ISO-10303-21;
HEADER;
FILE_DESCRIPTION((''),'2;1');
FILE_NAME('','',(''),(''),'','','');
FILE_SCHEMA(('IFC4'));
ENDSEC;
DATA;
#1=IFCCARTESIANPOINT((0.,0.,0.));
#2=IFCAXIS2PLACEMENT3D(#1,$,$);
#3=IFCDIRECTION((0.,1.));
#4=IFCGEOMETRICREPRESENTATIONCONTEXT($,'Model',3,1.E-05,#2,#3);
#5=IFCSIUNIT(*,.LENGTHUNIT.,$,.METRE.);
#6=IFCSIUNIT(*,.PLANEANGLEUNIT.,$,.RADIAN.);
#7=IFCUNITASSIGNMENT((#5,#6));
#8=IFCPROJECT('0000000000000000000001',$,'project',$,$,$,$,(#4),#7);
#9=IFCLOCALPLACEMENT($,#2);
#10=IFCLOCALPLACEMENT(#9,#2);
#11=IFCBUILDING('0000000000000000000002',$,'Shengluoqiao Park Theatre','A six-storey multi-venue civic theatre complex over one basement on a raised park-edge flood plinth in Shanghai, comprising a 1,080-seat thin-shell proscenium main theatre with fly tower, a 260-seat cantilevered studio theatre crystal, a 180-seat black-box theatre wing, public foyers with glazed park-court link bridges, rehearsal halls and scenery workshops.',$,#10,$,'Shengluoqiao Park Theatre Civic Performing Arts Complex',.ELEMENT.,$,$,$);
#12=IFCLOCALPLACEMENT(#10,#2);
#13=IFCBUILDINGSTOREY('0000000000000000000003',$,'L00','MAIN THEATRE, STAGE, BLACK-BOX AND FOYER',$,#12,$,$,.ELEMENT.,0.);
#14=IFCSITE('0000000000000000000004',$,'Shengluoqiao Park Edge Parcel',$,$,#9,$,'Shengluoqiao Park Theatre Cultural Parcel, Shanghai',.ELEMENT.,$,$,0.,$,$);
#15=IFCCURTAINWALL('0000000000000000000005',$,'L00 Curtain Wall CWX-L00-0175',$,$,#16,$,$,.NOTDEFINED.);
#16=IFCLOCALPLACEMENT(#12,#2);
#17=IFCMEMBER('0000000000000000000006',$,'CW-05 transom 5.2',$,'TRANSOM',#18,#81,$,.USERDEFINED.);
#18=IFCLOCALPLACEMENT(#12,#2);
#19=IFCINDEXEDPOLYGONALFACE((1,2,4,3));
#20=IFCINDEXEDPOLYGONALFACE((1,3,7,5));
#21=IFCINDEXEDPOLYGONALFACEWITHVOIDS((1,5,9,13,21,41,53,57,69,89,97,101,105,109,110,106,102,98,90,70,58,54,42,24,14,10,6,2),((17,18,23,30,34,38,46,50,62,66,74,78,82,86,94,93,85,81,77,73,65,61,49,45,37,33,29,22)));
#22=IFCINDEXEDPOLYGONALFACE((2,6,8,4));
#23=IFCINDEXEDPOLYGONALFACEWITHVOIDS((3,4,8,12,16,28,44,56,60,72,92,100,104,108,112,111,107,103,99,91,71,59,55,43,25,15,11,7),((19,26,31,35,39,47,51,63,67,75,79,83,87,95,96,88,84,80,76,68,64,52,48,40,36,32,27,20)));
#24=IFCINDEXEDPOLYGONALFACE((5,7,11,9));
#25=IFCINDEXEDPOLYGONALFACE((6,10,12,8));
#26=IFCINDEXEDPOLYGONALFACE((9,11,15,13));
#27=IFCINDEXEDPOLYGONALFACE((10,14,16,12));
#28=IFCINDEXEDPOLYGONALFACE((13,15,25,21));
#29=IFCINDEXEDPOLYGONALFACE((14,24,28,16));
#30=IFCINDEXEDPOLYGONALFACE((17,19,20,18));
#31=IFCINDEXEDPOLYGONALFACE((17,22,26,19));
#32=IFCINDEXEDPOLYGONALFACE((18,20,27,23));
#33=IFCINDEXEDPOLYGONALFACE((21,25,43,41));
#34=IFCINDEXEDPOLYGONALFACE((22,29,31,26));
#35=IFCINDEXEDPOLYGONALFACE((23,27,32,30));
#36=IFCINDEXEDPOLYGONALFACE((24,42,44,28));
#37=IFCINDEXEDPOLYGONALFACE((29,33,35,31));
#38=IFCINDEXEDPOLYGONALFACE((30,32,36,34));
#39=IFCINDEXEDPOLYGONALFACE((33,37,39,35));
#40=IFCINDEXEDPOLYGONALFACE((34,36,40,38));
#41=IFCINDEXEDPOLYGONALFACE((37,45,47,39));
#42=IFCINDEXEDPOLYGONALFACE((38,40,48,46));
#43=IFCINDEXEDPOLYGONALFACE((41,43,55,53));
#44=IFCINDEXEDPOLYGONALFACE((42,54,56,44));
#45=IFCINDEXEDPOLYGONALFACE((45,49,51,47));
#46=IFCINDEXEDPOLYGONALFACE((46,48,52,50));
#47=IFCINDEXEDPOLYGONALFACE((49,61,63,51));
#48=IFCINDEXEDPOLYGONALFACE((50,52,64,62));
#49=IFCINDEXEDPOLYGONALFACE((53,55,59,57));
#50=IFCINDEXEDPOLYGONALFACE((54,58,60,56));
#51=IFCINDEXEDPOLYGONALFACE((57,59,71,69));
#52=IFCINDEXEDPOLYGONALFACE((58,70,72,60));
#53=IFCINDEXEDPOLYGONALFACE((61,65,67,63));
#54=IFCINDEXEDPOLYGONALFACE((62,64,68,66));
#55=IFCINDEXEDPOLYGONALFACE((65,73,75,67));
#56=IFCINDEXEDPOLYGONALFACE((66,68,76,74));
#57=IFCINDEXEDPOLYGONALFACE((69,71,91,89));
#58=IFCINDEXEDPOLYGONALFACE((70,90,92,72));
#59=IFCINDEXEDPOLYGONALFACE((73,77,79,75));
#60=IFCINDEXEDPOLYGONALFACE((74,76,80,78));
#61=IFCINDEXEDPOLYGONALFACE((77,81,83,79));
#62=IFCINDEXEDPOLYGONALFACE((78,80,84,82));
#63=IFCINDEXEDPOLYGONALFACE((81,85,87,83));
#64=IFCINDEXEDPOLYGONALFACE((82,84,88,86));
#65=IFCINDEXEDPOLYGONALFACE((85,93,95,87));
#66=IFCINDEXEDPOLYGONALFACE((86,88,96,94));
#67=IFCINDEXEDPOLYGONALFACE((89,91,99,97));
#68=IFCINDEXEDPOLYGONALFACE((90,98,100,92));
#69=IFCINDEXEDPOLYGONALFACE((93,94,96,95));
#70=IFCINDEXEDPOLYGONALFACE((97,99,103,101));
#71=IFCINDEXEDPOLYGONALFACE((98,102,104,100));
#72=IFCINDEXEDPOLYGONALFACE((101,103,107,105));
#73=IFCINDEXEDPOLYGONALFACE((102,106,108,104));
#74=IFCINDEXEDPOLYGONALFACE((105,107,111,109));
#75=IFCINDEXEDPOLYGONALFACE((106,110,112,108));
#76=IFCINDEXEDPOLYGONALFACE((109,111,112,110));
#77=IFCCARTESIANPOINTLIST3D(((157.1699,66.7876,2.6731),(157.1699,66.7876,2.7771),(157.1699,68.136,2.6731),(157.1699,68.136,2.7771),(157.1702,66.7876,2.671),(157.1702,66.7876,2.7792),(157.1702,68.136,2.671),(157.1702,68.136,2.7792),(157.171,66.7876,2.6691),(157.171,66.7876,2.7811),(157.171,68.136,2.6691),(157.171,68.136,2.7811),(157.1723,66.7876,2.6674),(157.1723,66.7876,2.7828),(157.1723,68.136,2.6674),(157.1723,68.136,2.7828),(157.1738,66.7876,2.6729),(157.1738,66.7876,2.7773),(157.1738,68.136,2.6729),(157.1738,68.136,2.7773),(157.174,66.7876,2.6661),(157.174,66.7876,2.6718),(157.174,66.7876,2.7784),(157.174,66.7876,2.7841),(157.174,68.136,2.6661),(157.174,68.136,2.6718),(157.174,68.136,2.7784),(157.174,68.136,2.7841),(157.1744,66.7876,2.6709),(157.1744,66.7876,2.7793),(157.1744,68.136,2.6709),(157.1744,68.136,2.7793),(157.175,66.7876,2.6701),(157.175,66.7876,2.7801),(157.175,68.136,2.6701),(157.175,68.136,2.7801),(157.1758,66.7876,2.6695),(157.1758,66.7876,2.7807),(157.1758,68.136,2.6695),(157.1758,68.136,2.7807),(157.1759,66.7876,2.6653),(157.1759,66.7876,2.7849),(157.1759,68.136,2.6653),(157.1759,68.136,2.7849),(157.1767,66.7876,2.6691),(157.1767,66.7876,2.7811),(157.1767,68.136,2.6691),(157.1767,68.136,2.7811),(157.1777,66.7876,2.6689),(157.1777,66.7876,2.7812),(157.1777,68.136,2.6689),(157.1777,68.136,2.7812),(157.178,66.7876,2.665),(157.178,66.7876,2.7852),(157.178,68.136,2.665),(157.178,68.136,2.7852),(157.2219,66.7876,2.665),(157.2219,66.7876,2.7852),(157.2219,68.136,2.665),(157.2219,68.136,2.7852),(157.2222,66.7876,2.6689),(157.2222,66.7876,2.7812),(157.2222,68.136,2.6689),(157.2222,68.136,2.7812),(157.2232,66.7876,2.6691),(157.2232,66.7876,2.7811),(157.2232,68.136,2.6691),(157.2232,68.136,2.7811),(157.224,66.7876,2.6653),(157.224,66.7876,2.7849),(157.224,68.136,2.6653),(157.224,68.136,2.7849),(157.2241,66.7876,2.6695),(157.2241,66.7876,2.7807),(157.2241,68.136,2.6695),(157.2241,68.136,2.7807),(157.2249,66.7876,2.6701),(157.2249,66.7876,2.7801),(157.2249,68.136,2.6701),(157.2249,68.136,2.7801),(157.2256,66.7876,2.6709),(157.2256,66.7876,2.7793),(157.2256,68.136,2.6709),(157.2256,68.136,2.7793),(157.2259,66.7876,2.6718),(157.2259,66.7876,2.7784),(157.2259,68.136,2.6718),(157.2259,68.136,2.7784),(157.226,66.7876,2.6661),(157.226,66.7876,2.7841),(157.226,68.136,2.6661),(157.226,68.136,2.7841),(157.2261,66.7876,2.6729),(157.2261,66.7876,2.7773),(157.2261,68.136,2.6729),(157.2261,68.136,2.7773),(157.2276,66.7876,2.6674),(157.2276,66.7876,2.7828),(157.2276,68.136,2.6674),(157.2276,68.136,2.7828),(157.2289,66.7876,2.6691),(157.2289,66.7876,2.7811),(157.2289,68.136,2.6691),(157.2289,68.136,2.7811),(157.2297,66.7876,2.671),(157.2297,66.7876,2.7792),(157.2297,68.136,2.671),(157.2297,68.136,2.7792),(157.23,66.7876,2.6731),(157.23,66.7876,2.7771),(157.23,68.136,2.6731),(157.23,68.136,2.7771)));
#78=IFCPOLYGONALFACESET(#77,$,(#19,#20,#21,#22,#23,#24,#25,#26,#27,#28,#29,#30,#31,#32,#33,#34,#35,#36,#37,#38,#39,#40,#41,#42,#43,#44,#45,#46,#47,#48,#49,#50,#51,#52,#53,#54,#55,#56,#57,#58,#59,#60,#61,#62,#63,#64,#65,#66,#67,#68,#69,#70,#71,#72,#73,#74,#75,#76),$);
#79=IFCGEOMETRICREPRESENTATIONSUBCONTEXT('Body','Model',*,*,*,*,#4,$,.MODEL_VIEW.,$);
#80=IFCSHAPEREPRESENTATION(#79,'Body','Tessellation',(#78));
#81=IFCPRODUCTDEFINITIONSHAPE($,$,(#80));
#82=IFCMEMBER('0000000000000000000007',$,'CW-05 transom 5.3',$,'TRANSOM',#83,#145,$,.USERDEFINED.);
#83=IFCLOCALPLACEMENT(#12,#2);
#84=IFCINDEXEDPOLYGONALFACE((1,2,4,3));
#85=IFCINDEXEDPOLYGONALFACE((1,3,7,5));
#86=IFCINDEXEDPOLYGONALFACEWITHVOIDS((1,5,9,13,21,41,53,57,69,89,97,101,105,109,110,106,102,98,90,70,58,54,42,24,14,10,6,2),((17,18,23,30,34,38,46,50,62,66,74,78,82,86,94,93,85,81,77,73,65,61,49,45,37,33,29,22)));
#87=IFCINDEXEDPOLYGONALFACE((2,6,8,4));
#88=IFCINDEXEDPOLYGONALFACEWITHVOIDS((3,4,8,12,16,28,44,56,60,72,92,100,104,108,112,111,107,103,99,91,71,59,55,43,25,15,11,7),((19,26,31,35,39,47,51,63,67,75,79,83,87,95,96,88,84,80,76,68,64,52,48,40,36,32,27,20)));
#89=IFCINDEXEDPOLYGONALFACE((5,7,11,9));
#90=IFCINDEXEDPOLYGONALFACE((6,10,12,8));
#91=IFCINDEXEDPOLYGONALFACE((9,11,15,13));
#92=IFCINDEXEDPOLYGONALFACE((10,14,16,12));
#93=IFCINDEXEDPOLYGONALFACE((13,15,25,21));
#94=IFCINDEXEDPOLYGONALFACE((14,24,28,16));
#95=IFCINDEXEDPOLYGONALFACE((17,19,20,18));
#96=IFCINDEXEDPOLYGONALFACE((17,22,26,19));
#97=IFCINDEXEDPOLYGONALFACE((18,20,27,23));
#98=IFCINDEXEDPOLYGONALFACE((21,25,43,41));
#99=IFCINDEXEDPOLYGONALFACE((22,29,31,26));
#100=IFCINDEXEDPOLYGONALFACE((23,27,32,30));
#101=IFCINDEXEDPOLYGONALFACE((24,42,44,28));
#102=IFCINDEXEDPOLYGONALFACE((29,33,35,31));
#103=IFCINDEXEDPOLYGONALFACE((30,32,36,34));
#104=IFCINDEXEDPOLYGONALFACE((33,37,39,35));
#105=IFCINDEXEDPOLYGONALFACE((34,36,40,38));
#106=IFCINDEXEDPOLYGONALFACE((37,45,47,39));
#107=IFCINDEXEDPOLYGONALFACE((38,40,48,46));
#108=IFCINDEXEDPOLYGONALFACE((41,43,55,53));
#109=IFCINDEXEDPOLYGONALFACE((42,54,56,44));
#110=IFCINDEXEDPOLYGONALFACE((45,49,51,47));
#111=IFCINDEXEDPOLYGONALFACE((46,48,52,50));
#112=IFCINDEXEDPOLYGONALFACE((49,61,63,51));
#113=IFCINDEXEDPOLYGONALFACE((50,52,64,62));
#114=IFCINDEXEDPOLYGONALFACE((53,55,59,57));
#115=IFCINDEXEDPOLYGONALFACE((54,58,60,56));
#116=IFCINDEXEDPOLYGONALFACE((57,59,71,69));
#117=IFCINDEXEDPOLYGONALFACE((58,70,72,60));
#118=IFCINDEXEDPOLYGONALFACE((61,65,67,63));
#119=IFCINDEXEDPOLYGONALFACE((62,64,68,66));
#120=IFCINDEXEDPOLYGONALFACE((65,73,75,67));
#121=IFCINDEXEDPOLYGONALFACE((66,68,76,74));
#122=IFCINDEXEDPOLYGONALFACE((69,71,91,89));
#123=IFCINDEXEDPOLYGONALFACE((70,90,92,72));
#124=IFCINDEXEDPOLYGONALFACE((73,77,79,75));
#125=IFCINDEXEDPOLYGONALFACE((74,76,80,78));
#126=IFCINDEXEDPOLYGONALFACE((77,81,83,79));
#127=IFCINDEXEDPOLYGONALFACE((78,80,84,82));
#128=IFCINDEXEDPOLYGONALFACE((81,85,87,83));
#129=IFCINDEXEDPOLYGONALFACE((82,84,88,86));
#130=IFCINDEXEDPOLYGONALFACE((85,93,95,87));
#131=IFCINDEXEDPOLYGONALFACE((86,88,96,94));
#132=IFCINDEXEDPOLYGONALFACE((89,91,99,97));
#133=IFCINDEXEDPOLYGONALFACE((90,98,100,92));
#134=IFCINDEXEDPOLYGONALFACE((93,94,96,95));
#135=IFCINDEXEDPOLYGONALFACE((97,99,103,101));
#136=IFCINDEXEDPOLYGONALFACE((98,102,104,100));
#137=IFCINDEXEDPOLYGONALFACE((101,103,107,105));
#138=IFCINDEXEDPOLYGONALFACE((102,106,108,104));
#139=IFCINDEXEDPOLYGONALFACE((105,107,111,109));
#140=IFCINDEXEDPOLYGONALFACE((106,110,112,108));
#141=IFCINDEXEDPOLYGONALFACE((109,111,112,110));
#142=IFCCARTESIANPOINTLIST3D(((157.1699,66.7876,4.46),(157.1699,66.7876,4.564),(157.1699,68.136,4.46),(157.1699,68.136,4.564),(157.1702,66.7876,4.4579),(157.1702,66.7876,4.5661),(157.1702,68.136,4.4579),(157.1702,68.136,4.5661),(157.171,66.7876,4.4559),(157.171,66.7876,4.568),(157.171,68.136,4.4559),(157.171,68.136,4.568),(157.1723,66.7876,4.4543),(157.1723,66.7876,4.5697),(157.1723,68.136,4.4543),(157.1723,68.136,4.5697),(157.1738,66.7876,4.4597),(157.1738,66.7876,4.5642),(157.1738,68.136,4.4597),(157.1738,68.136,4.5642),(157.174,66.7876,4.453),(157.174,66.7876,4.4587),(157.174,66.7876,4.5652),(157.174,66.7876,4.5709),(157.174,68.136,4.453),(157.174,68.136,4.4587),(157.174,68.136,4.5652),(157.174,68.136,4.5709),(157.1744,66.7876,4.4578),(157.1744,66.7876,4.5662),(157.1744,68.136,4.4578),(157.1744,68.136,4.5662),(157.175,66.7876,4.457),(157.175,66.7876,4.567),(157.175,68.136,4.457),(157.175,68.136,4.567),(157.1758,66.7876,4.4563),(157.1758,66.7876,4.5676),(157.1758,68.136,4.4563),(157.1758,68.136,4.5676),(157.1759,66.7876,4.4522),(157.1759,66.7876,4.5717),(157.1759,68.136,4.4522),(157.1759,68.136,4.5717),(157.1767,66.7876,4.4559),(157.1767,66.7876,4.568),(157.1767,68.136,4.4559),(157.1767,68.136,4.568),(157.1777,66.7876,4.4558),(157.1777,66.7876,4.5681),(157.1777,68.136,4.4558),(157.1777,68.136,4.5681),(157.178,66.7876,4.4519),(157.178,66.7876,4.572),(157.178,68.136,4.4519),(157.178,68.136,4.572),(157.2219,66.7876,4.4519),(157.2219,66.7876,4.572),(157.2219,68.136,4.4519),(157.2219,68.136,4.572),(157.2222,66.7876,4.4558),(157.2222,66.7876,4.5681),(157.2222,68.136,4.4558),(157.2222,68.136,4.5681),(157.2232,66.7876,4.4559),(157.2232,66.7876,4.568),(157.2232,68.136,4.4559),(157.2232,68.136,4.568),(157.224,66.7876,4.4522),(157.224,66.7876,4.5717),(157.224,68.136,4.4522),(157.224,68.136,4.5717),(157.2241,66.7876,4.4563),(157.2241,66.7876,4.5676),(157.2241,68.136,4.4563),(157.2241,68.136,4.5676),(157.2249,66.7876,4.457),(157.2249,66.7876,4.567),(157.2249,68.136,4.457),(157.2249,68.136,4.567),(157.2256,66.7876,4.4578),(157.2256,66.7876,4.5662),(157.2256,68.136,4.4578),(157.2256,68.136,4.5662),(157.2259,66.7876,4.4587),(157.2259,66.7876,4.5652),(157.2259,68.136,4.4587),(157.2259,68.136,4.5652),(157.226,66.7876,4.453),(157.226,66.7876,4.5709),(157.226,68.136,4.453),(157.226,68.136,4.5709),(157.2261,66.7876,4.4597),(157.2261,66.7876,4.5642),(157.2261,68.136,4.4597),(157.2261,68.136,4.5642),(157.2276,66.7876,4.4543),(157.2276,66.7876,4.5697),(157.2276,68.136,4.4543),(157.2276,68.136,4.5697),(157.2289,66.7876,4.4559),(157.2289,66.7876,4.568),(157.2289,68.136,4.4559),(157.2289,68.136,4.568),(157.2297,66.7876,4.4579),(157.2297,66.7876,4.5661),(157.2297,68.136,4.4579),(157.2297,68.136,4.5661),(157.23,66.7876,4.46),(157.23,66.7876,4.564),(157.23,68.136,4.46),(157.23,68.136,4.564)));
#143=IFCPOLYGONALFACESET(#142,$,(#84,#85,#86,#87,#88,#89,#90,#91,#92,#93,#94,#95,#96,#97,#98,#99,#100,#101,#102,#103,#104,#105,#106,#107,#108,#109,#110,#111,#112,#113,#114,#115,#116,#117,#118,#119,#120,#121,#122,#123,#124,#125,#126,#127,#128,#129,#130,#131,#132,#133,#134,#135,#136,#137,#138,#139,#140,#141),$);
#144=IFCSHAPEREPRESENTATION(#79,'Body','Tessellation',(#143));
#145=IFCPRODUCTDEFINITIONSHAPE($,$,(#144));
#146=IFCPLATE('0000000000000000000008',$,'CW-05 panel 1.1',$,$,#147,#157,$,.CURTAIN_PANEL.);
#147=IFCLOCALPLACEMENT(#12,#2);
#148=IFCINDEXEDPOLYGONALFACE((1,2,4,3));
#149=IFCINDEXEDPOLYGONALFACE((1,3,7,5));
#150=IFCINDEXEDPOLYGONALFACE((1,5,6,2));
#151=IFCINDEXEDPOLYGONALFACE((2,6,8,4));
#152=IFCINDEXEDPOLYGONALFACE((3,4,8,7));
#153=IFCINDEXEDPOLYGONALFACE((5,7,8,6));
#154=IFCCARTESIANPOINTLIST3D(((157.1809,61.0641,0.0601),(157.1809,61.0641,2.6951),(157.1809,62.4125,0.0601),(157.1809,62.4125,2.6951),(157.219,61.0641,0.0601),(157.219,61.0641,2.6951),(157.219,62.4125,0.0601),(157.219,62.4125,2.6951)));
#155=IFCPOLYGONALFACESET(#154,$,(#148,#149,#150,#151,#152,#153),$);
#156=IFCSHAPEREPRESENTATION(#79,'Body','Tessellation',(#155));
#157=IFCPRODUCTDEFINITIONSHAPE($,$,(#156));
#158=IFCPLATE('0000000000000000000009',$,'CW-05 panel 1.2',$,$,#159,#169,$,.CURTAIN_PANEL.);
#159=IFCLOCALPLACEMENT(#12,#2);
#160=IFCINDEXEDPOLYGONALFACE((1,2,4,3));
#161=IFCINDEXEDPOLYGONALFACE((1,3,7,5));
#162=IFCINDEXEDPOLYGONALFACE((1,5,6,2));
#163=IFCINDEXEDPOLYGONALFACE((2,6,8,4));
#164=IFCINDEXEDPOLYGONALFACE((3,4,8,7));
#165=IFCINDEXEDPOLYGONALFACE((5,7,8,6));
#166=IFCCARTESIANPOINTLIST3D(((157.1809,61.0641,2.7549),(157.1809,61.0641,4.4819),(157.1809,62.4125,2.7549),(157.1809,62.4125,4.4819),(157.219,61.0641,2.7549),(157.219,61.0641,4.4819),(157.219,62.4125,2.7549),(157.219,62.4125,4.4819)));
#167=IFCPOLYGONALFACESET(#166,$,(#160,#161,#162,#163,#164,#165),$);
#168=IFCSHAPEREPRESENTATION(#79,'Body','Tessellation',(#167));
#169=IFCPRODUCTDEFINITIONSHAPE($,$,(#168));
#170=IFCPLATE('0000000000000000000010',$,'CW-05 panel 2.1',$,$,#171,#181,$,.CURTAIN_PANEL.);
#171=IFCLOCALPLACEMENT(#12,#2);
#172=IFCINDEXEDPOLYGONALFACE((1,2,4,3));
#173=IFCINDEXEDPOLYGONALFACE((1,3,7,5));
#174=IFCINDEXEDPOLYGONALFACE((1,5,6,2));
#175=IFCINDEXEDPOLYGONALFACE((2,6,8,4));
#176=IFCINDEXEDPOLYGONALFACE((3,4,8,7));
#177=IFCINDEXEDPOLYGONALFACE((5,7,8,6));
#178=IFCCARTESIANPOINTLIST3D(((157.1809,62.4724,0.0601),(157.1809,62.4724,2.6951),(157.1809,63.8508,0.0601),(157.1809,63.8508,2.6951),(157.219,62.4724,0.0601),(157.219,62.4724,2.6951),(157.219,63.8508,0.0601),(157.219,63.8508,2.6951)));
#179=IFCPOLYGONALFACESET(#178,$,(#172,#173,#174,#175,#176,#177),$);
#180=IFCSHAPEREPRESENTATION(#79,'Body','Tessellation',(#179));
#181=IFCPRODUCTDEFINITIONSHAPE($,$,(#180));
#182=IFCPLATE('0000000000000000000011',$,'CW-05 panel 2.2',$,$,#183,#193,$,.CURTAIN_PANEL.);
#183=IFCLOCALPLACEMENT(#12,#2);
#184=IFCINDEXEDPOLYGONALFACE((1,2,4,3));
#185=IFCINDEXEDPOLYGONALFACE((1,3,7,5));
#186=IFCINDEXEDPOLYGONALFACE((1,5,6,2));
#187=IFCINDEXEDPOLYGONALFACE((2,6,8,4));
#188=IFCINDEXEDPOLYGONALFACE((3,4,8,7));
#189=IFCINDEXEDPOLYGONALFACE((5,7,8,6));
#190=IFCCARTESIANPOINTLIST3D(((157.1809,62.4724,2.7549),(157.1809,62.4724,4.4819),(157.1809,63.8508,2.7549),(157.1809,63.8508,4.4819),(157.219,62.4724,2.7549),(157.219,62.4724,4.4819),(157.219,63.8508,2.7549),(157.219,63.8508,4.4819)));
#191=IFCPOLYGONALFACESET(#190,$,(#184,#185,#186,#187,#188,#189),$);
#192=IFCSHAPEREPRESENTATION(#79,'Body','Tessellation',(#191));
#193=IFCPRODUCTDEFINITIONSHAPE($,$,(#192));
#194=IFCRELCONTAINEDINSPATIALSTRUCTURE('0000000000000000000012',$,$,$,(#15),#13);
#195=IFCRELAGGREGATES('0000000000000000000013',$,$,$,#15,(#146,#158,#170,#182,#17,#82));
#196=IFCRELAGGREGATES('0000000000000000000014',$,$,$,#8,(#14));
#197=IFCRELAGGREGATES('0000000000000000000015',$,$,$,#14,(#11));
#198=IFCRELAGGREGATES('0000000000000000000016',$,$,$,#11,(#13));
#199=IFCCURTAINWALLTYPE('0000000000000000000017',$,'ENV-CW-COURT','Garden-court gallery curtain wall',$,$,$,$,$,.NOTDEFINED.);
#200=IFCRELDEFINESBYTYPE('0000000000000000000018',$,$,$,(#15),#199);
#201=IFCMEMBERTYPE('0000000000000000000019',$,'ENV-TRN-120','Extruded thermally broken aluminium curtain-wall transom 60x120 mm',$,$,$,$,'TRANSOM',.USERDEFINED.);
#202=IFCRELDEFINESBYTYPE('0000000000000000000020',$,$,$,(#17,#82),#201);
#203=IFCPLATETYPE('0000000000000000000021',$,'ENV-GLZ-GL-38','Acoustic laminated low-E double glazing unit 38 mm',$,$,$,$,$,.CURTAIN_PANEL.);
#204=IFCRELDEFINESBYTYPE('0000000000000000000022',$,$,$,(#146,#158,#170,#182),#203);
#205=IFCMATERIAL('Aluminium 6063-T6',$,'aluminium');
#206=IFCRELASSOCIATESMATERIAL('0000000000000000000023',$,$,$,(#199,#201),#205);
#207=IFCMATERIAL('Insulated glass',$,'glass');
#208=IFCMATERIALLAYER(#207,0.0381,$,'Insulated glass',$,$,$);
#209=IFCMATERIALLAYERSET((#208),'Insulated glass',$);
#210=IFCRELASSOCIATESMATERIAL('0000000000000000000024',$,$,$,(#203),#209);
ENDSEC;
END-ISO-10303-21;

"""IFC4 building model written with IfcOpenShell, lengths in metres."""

from ifc_helpers import new_model, si_unit, direction, frame, origin, origin_2d, place, context, subcontext, project, spatial, rectangle, hollow_rectangle, extrude, material, layer, layer_set, material_profile, profile_set, type_object, element, aggregate, save


model = new_model("IFC4")

# Units and contexts
model_context = context("Model", 3, precision=1e-05, world=origin(), true_north=direction((0.0, 1.0)))
body_context = subcontext(model_context, "Body", "Model", "MODEL_VIEW")
ifc_project = project(units=[si_unit("LENGTHUNIT", "METRE"), si_unit("PLANEANGLEUNIT", "RADIAN")], contexts=[model_context])

# Site, building, storey
site_placement = place(None, origin())
site = spatial("IfcSite", under=ifc_project, at=site_placement, Name="Shengluoqiao Park Edge Parcel", LongName="Shengluoqiao Park Theatre Cultural Parcel, Shanghai", CompositionType="ELEMENT", RefElevation=0.0)
building_placement = place(site_placement, origin())
building = spatial("IfcBuilding", under=site, at=building_placement, Name="Shengluoqiao Park Theatre", Description="A six-storey multi-venue civic theatre complex over one basement on a raised park-edge flood plinth in Shanghai, comprising a 1,080-seat thin-shell proscenium main theatre with fly tower, a 260-seat cantilevered studio theatre crystal, a 180-seat black-box theatre wing, public foyers with glazed park-court link bridges, rehearsal halls and scenery workshops.", LongName="Shengluoqiao Park Theatre Civic Performing Arts Complex", CompositionType="ELEMENT")
storey_placement = place(building_placement, origin())
storey = spatial("IfcBuildingStorey", under=building, at=storey_placement, Name="L00", Description="MAIN THEATRE, STAGE, BLACK-BOX AND FOYER", CompositionType="ELEMENT", Elevation=0.0)

# Curtain wall, members, plates
ifc_material_1 = material(Name="Aluminium 6063-T6", Category="aluminium")
curtain_wall_type = type_object("IfcCurtainWallType", Name="ENV-CW-COURT", Description="Garden-court gallery curtain wall", PredefinedType="NOTDEFINED", material=ifc_material_1)
curtain_wall_placement = place(storey_placement, origin())
curtain_wall = element("IfcCurtainWall", 1, at=curtain_wall_placement, inside=storey, type_object=curtain_wall_type, Name="L00 Curtain Wall CWX-L00-0175", PredefinedType="NOTDEFINED")
ifc_material_profile_1 = material_profile(ifc_material_1, hollow_rectangle(XDim=0.0601, YDim=0.1201, WallThickness=0.0039, InnerFilletRadius=0.0039, OuterFilletRadius=0.0081, at=origin_2d()), Name="ALU TRANSOM 120x60x4")
ifc_profile_set_1 = profile_set([ifc_material_profile_1], Name="Aluminium 6063-T6")
member_type_1 = type_object("IfcMemberType", Name="ENV-TRN-120", Description="Extruded thermally broken aluminium curtain-wall transom 60x120 mm", ElementType="TRANSOM", PredefinedType="USERDEFINED", material=ifc_profile_set_1)
member_1_placement = place(storey_placement, frame((157.2, 66.7876, 2.7251), z_axis=(0.0, 1.0, 0.0), x_axis=(-1.0, 0.0, 0.0)))
member_1 = element("IfcMember", 2, at=member_1_placement, type_object=member_type_1, Name="CW-05 transom 5.2", ObjectType="TRANSOM", PredefinedType="USERDEFINED", context=body_context, shape_type="SweptSolid", body=[
    extrude(hollow_rectangle(XDim=0.0601, YDim=0.1201, WallThickness=0.0039, InnerFilletRadius=0.0039, OuterFilletRadius=0.0081, at=origin_2d()), origin(), (0.0, 0.0, 1.0), 1.3484),
])
member_2_placement = place(storey_placement, frame((157.2, 66.7876, 4.512), z_axis=(0.0, 1.0, 0.0), x_axis=(-1.0, 0.0, 0.0)))
member_2 = element("IfcMember", 3, at=member_2_placement, type_object=member_type_1, Name="CW-05 transom 5.3", ObjectType="TRANSOM", PredefinedType="USERDEFINED", context=body_context, shape_type="SweptSolid", body=[
    extrude(hollow_rectangle(XDim=0.0601, YDim=0.1201, WallThickness=0.0039, InnerFilletRadius=0.0039, OuterFilletRadius=0.0081, at=origin_2d()), origin(), (0.0, 0.0, 1.0), 1.3484),
])
ifc_material_2 = material(Name="Insulated glass", Category="glass")
ifc_layer_1 = layer(ifc_material_2, 0.0381, Name="Insulated glass")
ifc_layer_set_1 = layer_set([ifc_layer_1], Name="Insulated glass")
plate_type = type_object("IfcPlateType", Name="ENV-GLZ-GL-38", Description="Acoustic laminated low-E double glazing unit 38 mm", PredefinedType="CURTAIN_PANEL", material=ifc_layer_set_1)
plate_1_placement = place(storey_placement, frame((157.2, 61.7383, 0.0601), z_axis=(0.0, 0.0, 1.0), x_axis=(0.0, 1.0, 0.0)))
plate_1 = element("IfcPlate", 4, at=plate_1_placement, type_object=plate_type, Name="CW-05 panel 1.1", PredefinedType="CURTAIN_PANEL", context=body_context, shape_type="SweptSolid", body=[
    extrude(rectangle(XDim=1.3484, YDim=0.0381, at=origin_2d()), origin(), (0.0, 0.0, 1.0), 2.635),
])
plate_2_placement = place(storey_placement, frame((157.2, 61.7383, 2.7549), z_axis=(0.0, 0.0, 1.0), x_axis=(0.0, 1.0, 0.0)))
plate_2 = element("IfcPlate", 5, at=plate_2_placement, type_object=plate_type, Name="CW-05 panel 1.2", PredefinedType="CURTAIN_PANEL", context=body_context, shape_type="SweptSolid", body=[
    extrude(rectangle(XDim=1.3484, YDim=0.0381, at=origin_2d()), origin(), (0.0, 0.0, 1.0), 1.7271),
])
plate_3_placement = place(storey_placement, frame((157.2, 63.1616, 0.0601), z_axis=(0.0, 0.0, 1.0), x_axis=(0.0, 1.0, 0.0)))
plate_3 = element("IfcPlate", 6, at=plate_3_placement, type_object=plate_type, Name="CW-05 panel 2.1", PredefinedType="CURTAIN_PANEL", context=body_context, shape_type="SweptSolid", body=[
    extrude(rectangle(XDim=1.3784, YDim=0.0381, at=origin_2d()), origin(), (0.0, 0.0, 1.0), 2.635),
])
plate_4_placement = place(storey_placement, frame((157.2, 63.1616, 2.7549), z_axis=(0.0, 0.0, 1.0), x_axis=(0.0, 1.0, 0.0)))
plate_4 = element("IfcPlate", 7, at=plate_4_placement, type_object=plate_type, Name="CW-05 panel 2.2", PredefinedType="CURTAIN_PANEL", context=body_context, shape_type="SweptSolid", body=[
    extrude(rectangle(XDim=1.3784, YDim=0.0381, at=origin_2d()), origin(), (0.0, 0.0, 1.0), 1.7271),
])
aggregate(curtain_wall, [plate_1, plate_2, plate_3, plate_4, member_1, member_2])

save(model, "model.ifc")
